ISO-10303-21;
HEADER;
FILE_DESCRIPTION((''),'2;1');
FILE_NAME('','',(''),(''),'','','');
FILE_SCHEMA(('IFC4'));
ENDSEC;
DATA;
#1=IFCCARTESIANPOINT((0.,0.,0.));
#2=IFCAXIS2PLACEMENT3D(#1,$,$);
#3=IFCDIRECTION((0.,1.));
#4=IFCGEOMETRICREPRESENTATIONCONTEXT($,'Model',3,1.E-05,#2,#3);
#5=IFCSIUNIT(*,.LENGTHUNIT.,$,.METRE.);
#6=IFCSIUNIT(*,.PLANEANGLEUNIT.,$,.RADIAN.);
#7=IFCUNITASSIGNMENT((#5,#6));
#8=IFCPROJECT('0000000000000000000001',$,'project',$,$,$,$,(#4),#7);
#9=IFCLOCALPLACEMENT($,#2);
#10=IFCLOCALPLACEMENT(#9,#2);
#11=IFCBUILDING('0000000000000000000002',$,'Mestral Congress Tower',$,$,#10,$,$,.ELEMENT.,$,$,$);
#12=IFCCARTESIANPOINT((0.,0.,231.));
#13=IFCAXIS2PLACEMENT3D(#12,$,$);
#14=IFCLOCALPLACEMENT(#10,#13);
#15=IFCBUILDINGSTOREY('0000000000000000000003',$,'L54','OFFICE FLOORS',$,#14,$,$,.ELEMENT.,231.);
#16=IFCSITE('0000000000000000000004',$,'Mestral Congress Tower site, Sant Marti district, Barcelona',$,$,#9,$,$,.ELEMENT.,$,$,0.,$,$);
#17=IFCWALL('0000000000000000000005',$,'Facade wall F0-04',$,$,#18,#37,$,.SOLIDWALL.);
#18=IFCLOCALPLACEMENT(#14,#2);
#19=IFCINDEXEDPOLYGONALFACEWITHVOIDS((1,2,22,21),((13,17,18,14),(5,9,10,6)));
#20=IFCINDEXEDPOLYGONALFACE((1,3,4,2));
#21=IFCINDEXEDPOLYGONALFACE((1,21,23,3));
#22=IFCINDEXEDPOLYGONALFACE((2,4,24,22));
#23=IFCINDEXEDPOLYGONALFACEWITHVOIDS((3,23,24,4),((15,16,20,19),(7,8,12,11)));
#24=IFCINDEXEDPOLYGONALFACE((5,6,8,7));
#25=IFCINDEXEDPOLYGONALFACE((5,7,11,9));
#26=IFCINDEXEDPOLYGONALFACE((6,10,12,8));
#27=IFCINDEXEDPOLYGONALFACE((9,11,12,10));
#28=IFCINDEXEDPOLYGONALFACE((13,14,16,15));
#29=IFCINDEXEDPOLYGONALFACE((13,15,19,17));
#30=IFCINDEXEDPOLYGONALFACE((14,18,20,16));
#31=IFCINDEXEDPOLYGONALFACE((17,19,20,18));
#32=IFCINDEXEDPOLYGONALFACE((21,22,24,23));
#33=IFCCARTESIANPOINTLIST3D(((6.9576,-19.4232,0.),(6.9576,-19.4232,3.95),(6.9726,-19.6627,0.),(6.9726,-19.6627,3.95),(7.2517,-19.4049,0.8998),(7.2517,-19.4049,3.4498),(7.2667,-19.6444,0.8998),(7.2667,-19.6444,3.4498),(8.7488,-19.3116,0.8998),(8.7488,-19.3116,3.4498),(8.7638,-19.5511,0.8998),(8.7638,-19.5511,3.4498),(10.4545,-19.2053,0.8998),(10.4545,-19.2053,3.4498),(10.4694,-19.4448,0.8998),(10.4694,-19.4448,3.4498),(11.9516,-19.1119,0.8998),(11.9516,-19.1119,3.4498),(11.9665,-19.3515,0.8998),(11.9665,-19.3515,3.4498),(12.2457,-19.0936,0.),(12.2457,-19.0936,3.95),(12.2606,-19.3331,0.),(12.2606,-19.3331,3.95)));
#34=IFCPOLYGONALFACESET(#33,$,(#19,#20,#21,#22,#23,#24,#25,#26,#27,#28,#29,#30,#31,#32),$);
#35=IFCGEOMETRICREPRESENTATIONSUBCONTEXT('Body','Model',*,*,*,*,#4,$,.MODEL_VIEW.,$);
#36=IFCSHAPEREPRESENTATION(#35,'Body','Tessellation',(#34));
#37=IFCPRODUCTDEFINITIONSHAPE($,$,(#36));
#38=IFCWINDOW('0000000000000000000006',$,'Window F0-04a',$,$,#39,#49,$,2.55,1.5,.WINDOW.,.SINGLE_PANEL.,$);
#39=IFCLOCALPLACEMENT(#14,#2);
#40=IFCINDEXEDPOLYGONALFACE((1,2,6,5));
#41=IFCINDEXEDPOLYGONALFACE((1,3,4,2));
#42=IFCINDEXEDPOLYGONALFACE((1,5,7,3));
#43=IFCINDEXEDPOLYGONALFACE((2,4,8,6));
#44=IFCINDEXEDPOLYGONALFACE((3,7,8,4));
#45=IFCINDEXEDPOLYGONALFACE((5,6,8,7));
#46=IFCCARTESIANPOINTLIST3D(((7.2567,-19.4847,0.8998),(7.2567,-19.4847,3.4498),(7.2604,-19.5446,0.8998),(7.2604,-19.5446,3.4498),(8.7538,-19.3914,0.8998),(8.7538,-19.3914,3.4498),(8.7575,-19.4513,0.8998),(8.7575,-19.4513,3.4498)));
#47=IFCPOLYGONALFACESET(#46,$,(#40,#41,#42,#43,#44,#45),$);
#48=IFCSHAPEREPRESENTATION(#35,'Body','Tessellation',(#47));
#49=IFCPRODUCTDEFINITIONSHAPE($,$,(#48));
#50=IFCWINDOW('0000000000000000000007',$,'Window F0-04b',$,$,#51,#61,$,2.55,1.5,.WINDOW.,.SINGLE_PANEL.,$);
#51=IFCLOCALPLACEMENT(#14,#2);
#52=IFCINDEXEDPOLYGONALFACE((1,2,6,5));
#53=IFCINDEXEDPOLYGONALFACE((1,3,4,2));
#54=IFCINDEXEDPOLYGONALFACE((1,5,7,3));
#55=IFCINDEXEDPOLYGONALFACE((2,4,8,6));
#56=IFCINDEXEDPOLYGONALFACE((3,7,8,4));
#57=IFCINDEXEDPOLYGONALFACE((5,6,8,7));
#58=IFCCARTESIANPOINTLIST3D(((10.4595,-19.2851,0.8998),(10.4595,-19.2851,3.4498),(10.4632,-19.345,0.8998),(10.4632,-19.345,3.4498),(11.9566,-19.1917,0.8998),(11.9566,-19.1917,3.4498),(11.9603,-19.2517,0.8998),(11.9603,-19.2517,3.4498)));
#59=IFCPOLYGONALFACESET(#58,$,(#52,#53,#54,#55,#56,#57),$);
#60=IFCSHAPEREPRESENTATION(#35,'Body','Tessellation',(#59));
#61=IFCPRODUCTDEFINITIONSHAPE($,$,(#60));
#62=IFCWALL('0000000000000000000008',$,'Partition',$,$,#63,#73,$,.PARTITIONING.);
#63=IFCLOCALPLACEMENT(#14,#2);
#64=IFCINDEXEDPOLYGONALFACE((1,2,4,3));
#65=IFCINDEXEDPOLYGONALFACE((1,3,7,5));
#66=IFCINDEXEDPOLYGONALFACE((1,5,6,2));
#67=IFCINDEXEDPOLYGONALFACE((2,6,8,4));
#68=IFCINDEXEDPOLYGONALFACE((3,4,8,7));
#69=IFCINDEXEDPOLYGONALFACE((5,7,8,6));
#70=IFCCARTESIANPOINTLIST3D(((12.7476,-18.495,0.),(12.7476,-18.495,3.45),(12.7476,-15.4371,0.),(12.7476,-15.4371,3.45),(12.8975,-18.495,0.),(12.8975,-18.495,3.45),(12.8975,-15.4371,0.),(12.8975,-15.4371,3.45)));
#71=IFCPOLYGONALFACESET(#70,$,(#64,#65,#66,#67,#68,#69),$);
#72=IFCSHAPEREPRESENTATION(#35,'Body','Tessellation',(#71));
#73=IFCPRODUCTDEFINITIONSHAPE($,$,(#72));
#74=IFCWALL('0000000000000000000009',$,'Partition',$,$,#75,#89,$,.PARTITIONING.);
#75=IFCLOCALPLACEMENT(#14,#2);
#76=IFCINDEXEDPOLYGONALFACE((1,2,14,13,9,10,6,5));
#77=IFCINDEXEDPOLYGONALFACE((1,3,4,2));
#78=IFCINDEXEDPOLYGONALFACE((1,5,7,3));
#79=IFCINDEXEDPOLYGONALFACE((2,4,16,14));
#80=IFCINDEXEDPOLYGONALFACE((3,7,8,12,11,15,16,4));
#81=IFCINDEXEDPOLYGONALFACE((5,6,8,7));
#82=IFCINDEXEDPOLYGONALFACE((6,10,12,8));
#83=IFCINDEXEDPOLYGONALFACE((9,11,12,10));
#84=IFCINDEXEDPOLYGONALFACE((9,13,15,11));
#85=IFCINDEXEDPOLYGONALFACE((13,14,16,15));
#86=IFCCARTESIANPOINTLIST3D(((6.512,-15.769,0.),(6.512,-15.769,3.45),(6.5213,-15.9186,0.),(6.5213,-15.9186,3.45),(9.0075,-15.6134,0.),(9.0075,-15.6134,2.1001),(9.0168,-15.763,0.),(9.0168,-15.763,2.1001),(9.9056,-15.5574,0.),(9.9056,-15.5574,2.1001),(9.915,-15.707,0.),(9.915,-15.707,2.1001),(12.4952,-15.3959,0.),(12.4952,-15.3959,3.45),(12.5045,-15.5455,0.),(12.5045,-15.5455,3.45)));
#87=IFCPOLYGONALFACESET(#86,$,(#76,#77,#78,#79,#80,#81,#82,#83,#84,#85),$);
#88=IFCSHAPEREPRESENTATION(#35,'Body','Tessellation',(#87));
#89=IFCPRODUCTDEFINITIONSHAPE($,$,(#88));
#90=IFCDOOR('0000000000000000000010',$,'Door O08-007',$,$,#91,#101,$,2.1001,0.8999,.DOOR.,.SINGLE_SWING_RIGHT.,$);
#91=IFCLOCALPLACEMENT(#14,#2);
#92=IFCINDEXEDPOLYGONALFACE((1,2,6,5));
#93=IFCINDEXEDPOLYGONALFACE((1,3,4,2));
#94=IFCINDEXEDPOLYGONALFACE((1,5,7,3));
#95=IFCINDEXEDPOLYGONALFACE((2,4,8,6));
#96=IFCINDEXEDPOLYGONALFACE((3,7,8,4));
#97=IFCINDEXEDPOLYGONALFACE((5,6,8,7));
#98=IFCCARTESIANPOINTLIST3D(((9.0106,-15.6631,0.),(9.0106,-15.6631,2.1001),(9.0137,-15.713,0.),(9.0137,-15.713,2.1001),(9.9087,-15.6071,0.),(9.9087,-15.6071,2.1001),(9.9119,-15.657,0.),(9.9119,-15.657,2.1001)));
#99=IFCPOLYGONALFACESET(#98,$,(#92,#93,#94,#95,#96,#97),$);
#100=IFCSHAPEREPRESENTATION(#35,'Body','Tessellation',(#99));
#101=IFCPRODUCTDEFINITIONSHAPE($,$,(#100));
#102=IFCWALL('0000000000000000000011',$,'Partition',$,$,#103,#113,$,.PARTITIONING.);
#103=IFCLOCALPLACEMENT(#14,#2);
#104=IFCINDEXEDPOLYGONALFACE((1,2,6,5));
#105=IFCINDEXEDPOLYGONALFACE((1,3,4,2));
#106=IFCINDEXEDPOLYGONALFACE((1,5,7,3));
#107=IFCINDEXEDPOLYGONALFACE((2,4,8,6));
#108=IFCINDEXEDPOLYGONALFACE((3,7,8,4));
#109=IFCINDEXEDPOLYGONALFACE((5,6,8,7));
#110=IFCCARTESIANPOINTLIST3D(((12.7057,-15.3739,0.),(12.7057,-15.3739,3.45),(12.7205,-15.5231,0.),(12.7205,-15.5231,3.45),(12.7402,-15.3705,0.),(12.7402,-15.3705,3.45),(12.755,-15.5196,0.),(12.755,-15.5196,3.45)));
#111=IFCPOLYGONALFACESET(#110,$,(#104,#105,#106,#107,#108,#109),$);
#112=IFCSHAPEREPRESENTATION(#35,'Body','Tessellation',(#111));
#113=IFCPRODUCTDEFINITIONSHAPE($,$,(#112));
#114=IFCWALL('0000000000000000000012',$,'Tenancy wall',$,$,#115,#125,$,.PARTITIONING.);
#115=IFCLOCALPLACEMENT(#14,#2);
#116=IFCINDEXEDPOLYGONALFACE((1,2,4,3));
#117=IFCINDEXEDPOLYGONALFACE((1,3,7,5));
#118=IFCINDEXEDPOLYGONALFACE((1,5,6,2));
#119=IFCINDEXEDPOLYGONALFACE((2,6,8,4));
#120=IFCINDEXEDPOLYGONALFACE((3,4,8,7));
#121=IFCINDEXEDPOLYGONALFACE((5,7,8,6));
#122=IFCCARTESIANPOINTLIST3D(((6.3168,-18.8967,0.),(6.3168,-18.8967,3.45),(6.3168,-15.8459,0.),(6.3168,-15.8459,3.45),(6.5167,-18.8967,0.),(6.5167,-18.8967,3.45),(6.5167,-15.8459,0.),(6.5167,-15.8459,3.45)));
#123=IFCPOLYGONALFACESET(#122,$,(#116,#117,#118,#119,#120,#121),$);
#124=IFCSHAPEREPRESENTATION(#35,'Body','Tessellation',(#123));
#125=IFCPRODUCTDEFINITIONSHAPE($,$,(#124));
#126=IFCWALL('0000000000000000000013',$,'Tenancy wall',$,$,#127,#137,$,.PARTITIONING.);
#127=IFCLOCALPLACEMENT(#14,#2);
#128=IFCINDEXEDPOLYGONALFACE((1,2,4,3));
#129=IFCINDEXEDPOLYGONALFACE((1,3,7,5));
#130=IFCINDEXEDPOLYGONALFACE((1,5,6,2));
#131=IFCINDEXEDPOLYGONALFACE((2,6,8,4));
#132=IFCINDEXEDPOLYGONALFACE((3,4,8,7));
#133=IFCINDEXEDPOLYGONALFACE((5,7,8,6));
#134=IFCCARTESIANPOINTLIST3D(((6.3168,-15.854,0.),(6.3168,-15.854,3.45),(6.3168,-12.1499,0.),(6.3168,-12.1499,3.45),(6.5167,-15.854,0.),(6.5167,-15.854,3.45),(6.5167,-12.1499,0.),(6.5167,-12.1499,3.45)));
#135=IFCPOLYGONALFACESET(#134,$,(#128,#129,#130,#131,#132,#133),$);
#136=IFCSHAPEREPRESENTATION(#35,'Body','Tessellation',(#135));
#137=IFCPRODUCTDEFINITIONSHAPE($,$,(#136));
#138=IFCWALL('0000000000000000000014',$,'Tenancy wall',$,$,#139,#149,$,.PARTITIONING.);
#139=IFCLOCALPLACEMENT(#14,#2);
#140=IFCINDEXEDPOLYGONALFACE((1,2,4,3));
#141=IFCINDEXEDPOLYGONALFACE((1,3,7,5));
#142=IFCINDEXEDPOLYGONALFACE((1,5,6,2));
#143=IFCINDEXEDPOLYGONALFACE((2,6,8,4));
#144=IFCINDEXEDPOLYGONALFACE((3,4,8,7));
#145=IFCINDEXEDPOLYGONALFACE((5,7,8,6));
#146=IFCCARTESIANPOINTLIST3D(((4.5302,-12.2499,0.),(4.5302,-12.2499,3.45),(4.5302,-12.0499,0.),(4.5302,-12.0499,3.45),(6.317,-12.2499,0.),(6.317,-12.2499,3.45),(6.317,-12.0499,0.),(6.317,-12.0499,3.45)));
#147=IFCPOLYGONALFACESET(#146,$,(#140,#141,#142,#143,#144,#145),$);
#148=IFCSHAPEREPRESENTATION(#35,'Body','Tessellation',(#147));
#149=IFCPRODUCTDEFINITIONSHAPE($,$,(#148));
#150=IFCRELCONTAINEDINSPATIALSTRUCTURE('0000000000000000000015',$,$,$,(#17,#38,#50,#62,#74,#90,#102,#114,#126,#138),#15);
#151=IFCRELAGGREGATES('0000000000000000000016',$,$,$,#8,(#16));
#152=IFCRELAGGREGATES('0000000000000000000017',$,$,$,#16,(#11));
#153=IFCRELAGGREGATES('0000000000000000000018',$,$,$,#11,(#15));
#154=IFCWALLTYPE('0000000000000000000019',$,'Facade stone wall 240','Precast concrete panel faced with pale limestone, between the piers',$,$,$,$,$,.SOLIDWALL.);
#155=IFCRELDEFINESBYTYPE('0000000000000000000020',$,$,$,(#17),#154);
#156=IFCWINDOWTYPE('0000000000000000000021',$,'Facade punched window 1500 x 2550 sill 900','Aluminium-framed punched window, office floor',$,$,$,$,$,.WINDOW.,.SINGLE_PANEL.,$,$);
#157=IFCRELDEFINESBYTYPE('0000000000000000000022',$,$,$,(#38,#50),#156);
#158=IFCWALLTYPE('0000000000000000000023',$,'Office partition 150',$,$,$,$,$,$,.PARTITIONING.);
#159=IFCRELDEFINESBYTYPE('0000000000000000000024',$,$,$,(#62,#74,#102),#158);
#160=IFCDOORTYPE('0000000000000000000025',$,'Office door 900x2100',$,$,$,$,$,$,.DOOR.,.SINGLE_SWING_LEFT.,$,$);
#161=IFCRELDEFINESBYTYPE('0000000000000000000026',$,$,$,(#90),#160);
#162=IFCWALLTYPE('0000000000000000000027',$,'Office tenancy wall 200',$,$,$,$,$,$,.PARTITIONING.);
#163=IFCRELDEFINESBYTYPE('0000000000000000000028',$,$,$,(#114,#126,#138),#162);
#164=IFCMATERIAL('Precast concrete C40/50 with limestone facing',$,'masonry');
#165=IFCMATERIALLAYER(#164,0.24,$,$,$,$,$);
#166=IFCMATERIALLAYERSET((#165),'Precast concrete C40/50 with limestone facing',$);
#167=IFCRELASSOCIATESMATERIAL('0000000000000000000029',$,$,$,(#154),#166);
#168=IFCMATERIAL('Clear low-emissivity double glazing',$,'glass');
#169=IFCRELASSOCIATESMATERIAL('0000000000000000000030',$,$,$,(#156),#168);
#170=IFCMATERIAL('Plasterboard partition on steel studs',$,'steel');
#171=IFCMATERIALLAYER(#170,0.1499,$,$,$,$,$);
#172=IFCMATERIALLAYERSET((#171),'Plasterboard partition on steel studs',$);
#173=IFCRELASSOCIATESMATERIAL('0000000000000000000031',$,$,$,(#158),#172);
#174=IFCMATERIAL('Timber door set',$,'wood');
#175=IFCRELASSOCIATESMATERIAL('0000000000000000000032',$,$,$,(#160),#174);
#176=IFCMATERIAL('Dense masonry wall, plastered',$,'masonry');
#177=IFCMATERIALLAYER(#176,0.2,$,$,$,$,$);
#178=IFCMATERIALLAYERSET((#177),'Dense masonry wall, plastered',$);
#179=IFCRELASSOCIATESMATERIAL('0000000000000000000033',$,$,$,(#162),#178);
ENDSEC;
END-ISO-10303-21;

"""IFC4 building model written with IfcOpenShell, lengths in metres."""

from ifc_helpers import new_model, si_unit, direction, frame, frame_2d, origin, place, context, subcontext, project, spatial, rectangle, extrude, material, layer, layer_set, type_object, element, fill, save


model = new_model("IFC4")

# Units and contexts
model_context = context("Model", 3, precision=1e-05, world=origin(), true_north=direction((0.0, 1.0)))
body_context = subcontext(model_context, "Body", "Model", "MODEL_VIEW")
ifc_project = project(units=[si_unit("LENGTHUNIT", "METRE"), si_unit("PLANEANGLEUNIT", "RADIAN")], contexts=[model_context])

# Site, building, storey
site_placement = place(None, origin())
site = spatial("IfcSite", under=ifc_project, at=site_placement, Name="Mestral Congress Tower site, Sant Marti district, Barcelona", CompositionType="ELEMENT", RefElevation=0.0)
building_placement = place(site_placement, origin())
building = spatial("IfcBuilding", under=site, at=building_placement, Name="Mestral Congress Tower", CompositionType="ELEMENT")
storey_placement = place(building_placement, frame((0.0, 0.0, 231.0)))
storey = spatial("IfcBuildingStorey", under=building, at=storey_placement, Name="L54", Description="OFFICE FLOORS", CompositionType="ELEMENT", Elevation=231.0)

# Wall, openings, windows
ifc_material_1 = material(Name="Precast concrete C40/50 with limestone facing", Category="masonry")
ifc_layer_1 = layer(ifc_material_1, 0.24)
ifc_layer_set_1 = layer_set([ifc_layer_1], Name="Precast concrete C40/50 with limestone facing")
wall_type_1 = type_object("IfcWallType", Name="Facade stone wall 240", Description="Precast concrete panel faced with pale limestone, between the piers", PredefinedType="SOLIDWALL", material=ifc_layer_set_1)
ifc_material_2 = material(Name="Clear low-emissivity double glazing", Category="glass")
window_type = type_object("IfcWindowType", Name="Facade punched window 1500 x 2550 sill 900", Description="Aluminium-framed punched window, office floor", PartitioningType="SINGLE_PANEL", PredefinedType="WINDOW", material=ifc_material_2)
wall_1_placement = place(storey_placement, frame((6.9651, -19.543, 0.0), z_axis=(0.0, 0.0, 1.0), x_axis=(0.998063, 0.062206, 0.0)))
wall_1 = element("IfcWall", 1, at=wall_1_placement, inside=storey, type_object=wall_type_1, Name="Facade wall F0-04", PredefinedType="SOLIDWALL", context=body_context, shape_type="SweptSolid", body=[
    extrude(rectangle(XDim=5.2983, YDim=0.24, at=frame_2d((2.6492, 0.0))), origin(), (0.0, 0.0, 1.0), 3.95),
])
opening_1_placement = place(wall_1_placement, frame((0.2947, 0.0, 0.8999)))
opening_1 = element("IfcOpeningElement", 2, at=opening_1_placement, cuts=wall_1, PredefinedType="OPENING", context=body_context, shape_type="SweptSolid", body=[
    extrude(rectangle(XDim=1.5, YDim=2.55, at=frame_2d((0.75, 1.2749))), frame((0.0, 0.1299, 0.0), z_axis=(0.0, -1.0, 0.0), x_axis=(1.0, 0.0, 0.0)), (0.0, 0.0, 1.0), 0.26),
])
opening_2_placement = place(wall_1_placement, frame((3.5037, 0.0, 0.8999)))
opening_2 = element("IfcOpeningElement", 3, at=opening_2_placement, cuts=wall_1, PredefinedType="OPENING", context=body_context, shape_type="SweptSolid", body=[
    extrude(rectangle(XDim=1.5, YDim=2.55, at=frame_2d((0.75, 1.2749))), frame((0.0, 0.1299, 0.0), z_axis=(0.0, -1.0, 0.0), x_axis=(1.0, 0.0, 0.0)), (0.0, 0.0, 1.0), 0.26),
])
window_1_placement = place(opening_1_placement, origin())
window_1 = element("IfcWindow", 4, at=window_1_placement, inside=storey, type_object=window_type, Name="Window F0-04a", OverallHeight=2.55, OverallWidth=1.5, PartitioningType="SINGLE_PANEL", PredefinedType="WINDOW", context=body_context, shape_type="SweptSolid", body=[
    extrude(rectangle(XDim=1.5, YDim=2.55, at=frame_2d((0.75, 1.2749))), frame((0.0, 0.04, 0.0), z_axis=(0.0, -1.0, 0.0), x_axis=(1.0, 0.0, 0.0)), (0.0, 0.0, 1.0), 0.0601),
])
fill(opening_1, window_1)
window_2_placement = place(opening_2_placement, origin())
window_2 = element("IfcWindow", 5, at=window_2_placement, inside=storey, type_object=window_type, Name="Window F0-04b", OverallHeight=2.55, OverallWidth=1.5, PartitioningType="SINGLE_PANEL", PredefinedType="WINDOW", context=body_context, shape_type="SweptSolid", body=[
    extrude(rectangle(XDim=1.5, YDim=2.55, at=frame_2d((0.75, 1.2749))), frame((0.0, 0.04, 0.0), z_axis=(0.0, -1.0, 0.0), x_axis=(1.0, 0.0, 0.0)), (0.0, 0.0, 1.0), 0.0601),
])
fill(opening_2, window_2)

# Wall
ifc_material_3 = material(Name="Plasterboard partition on steel studs", Category="steel")
ifc_layer_2 = layer(ifc_material_3, 0.1499)
ifc_layer_set_2 = layer_set([ifc_layer_2], Name="Plasterboard partition on steel studs")
wall_type_2 = type_object("IfcWallType", Name="Office partition 150", PredefinedType="PARTITIONING", material=ifc_layer_set_2)
wall_2_placement = place(storey_placement, frame((12.8225, -15.4373, 0.0), z_axis=(0.0, 0.0, 1.0), x_axis=(0.0, -1.0, 0.0)))
element("IfcWall", 6, at=wall_2_placement, inside=storey, type_object=wall_type_2, Name="Partition", PredefinedType="PARTITIONING", context=body_context, shape_type="SweptSolid", body=[
    extrude(rectangle(XDim=3.0579, YDim=0.1499, at=frame_2d((1.5288, 0.0))), origin(), (0.0, 0.0, 1.0), 3.45),
])

# Wall, opening, door
wall_3_placement = place(storey_placement, frame((12.5, -15.4707, 0.0), z_axis=(0.0, 0.0, 1.0), x_axis=(-0.998062, -0.062229, 0.0)))
wall_3 = element("IfcWall", 7, at=wall_3_placement, inside=storey, type_object=wall_type_2, Name="Partition", PredefinedType="PARTITIONING", context=body_context, shape_type="SweptSolid", body=[
    extrude(rectangle(XDim=5.9949, YDim=0.1499, at=frame_2d((2.9976, 0.0))), origin(), (0.0, 0.0, 1.0), 3.45),
])
opening_3_placement = place(wall_3_placement, frame((2.5947, 0.0, 0.0)))
opening_3 = element("IfcOpeningElement", 8, at=opening_3_placement, cuts=wall_3, PredefinedType="OPENING", context=body_context, shape_type="SweptSolid", body=[
    extrude(rectangle(XDim=0.8999, YDim=2.1001, at=frame_2d((0.45, 1.05))), frame((0.0, 0.085, 0.0), z_axis=(0.0, -1.0, 0.0), x_axis=(1.0, 0.0, 0.0)), (0.0, 0.0, 1.0), 0.1699),
])
ifc_material_4 = material(Name="Timber door set", Category="wood")
door_type_1 = type_object("IfcDoorType", Name="Office door 900x2100", OperationType="SINGLE_SWING_LEFT", PredefinedType="DOOR", material=ifc_material_4)
door_1_placement = place(opening_3_placement, origin())
door_1 = element("IfcDoor", 9, at=door_1_placement, inside=storey, type_object=door_type_1, Name="Door O08-007", OperationType="SINGLE_SWING_RIGHT", OverallHeight=2.1001, OverallWidth=0.8999, PredefinedType="DOOR", context=body_context, shape_type="SweptSolid", body=[
    extrude(rectangle(XDim=0.8999, YDim=2.1001, at=frame_2d((0.45, 1.05))), frame((0.0, 0.0249, 0.0), z_axis=(0.0, -1.0, 0.0), x_axis=(1.0, 0.0, 0.0)), (0.0, 0.0, 1.0), 0.05),
])
fill(opening_3, door_1)

# Walls
wall_4_placement = place(storey_placement, frame((12.7131, -15.4485, 0.0), z_axis=(0.0, 0.0, 1.0), x_axis=(0.995107, 0.098805, 0.0)))
element("IfcWall", 10, at=wall_4_placement, inside=storey, type_object=wall_type_2, Name="Partition", PredefinedType="PARTITIONING", context=body_context, shape_type="SweptSolid", body=[
    extrude(rectangle(XDim=0.0347, YDim=0.1499, at=frame_2d((0.0173, 0.0))), origin(), (0.0, 0.0, 1.0), 3.45),
])
ifc_material_5 = material(Name="Dense masonry wall, plastered", Category="masonry")
ifc_layer_3 = layer(ifc_material_5, 0.2)
ifc_layer_set_3 = layer_set([ifc_layer_3], Name="Dense masonry wall, plastered")
wall_type_3 = type_object("IfcWallType", Name="Office tenancy wall 200", PredefinedType="PARTITIONING", material=ifc_layer_set_3)
wall_5_placement = place(storey_placement, frame((6.4167, -15.8459, 0.0), z_axis=(0.0, 0.0, 1.0), x_axis=(0.0, -1.0, 0.0)))
element("IfcWall", 11, at=wall_5_placement, inside=storey, type_object=wall_type_3, Name="Tenancy wall", PredefinedType="PARTITIONING", context=body_context, shape_type="SweptSolid", body=[
    extrude(rectangle(XDim=3.0508, YDim=0.2, at=frame_2d((1.5254, 0.0))), origin(), (0.0, 0.0, 1.0), 3.45),
])
wall_6_placement = place(storey_placement, frame((6.4167, -12.1499, 0.0), z_axis=(0.0, 0.0, 1.0), x_axis=(0.0, -1.0, 0.0)))
element("IfcWall", 12, at=wall_6_placement, inside=storey, type_object=wall_type_3, Name="Tenancy wall", PredefinedType="PARTITIONING", context=body_context, shape_type="SweptSolid", body=[
    extrude(rectangle(XDim=3.7041, YDim=0.2, at=frame_2d((1.8521, 0.0))), origin(), (0.0, 0.0, 1.0), 3.45),
])
wall_7_placement = place(storey_placement, frame((4.53, -12.1499, 0.0), z_axis=(0.0, 0.0, 1.0), x_axis=(1.0, 0.0, 0.0)))
element("IfcWall", 13, at=wall_7_placement, inside=storey, type_object=wall_type_3, Name="Tenancy wall", PredefinedType="PARTITIONING", context=body_context, shape_type="SweptSolid", body=[
    extrude(rectangle(XDim=1.7869, YDim=0.2, at=frame_2d((0.8936, 0.0))), origin(), (0.0, 0.0, 1.0), 3.45),
])

save(model, "model.ifc")
